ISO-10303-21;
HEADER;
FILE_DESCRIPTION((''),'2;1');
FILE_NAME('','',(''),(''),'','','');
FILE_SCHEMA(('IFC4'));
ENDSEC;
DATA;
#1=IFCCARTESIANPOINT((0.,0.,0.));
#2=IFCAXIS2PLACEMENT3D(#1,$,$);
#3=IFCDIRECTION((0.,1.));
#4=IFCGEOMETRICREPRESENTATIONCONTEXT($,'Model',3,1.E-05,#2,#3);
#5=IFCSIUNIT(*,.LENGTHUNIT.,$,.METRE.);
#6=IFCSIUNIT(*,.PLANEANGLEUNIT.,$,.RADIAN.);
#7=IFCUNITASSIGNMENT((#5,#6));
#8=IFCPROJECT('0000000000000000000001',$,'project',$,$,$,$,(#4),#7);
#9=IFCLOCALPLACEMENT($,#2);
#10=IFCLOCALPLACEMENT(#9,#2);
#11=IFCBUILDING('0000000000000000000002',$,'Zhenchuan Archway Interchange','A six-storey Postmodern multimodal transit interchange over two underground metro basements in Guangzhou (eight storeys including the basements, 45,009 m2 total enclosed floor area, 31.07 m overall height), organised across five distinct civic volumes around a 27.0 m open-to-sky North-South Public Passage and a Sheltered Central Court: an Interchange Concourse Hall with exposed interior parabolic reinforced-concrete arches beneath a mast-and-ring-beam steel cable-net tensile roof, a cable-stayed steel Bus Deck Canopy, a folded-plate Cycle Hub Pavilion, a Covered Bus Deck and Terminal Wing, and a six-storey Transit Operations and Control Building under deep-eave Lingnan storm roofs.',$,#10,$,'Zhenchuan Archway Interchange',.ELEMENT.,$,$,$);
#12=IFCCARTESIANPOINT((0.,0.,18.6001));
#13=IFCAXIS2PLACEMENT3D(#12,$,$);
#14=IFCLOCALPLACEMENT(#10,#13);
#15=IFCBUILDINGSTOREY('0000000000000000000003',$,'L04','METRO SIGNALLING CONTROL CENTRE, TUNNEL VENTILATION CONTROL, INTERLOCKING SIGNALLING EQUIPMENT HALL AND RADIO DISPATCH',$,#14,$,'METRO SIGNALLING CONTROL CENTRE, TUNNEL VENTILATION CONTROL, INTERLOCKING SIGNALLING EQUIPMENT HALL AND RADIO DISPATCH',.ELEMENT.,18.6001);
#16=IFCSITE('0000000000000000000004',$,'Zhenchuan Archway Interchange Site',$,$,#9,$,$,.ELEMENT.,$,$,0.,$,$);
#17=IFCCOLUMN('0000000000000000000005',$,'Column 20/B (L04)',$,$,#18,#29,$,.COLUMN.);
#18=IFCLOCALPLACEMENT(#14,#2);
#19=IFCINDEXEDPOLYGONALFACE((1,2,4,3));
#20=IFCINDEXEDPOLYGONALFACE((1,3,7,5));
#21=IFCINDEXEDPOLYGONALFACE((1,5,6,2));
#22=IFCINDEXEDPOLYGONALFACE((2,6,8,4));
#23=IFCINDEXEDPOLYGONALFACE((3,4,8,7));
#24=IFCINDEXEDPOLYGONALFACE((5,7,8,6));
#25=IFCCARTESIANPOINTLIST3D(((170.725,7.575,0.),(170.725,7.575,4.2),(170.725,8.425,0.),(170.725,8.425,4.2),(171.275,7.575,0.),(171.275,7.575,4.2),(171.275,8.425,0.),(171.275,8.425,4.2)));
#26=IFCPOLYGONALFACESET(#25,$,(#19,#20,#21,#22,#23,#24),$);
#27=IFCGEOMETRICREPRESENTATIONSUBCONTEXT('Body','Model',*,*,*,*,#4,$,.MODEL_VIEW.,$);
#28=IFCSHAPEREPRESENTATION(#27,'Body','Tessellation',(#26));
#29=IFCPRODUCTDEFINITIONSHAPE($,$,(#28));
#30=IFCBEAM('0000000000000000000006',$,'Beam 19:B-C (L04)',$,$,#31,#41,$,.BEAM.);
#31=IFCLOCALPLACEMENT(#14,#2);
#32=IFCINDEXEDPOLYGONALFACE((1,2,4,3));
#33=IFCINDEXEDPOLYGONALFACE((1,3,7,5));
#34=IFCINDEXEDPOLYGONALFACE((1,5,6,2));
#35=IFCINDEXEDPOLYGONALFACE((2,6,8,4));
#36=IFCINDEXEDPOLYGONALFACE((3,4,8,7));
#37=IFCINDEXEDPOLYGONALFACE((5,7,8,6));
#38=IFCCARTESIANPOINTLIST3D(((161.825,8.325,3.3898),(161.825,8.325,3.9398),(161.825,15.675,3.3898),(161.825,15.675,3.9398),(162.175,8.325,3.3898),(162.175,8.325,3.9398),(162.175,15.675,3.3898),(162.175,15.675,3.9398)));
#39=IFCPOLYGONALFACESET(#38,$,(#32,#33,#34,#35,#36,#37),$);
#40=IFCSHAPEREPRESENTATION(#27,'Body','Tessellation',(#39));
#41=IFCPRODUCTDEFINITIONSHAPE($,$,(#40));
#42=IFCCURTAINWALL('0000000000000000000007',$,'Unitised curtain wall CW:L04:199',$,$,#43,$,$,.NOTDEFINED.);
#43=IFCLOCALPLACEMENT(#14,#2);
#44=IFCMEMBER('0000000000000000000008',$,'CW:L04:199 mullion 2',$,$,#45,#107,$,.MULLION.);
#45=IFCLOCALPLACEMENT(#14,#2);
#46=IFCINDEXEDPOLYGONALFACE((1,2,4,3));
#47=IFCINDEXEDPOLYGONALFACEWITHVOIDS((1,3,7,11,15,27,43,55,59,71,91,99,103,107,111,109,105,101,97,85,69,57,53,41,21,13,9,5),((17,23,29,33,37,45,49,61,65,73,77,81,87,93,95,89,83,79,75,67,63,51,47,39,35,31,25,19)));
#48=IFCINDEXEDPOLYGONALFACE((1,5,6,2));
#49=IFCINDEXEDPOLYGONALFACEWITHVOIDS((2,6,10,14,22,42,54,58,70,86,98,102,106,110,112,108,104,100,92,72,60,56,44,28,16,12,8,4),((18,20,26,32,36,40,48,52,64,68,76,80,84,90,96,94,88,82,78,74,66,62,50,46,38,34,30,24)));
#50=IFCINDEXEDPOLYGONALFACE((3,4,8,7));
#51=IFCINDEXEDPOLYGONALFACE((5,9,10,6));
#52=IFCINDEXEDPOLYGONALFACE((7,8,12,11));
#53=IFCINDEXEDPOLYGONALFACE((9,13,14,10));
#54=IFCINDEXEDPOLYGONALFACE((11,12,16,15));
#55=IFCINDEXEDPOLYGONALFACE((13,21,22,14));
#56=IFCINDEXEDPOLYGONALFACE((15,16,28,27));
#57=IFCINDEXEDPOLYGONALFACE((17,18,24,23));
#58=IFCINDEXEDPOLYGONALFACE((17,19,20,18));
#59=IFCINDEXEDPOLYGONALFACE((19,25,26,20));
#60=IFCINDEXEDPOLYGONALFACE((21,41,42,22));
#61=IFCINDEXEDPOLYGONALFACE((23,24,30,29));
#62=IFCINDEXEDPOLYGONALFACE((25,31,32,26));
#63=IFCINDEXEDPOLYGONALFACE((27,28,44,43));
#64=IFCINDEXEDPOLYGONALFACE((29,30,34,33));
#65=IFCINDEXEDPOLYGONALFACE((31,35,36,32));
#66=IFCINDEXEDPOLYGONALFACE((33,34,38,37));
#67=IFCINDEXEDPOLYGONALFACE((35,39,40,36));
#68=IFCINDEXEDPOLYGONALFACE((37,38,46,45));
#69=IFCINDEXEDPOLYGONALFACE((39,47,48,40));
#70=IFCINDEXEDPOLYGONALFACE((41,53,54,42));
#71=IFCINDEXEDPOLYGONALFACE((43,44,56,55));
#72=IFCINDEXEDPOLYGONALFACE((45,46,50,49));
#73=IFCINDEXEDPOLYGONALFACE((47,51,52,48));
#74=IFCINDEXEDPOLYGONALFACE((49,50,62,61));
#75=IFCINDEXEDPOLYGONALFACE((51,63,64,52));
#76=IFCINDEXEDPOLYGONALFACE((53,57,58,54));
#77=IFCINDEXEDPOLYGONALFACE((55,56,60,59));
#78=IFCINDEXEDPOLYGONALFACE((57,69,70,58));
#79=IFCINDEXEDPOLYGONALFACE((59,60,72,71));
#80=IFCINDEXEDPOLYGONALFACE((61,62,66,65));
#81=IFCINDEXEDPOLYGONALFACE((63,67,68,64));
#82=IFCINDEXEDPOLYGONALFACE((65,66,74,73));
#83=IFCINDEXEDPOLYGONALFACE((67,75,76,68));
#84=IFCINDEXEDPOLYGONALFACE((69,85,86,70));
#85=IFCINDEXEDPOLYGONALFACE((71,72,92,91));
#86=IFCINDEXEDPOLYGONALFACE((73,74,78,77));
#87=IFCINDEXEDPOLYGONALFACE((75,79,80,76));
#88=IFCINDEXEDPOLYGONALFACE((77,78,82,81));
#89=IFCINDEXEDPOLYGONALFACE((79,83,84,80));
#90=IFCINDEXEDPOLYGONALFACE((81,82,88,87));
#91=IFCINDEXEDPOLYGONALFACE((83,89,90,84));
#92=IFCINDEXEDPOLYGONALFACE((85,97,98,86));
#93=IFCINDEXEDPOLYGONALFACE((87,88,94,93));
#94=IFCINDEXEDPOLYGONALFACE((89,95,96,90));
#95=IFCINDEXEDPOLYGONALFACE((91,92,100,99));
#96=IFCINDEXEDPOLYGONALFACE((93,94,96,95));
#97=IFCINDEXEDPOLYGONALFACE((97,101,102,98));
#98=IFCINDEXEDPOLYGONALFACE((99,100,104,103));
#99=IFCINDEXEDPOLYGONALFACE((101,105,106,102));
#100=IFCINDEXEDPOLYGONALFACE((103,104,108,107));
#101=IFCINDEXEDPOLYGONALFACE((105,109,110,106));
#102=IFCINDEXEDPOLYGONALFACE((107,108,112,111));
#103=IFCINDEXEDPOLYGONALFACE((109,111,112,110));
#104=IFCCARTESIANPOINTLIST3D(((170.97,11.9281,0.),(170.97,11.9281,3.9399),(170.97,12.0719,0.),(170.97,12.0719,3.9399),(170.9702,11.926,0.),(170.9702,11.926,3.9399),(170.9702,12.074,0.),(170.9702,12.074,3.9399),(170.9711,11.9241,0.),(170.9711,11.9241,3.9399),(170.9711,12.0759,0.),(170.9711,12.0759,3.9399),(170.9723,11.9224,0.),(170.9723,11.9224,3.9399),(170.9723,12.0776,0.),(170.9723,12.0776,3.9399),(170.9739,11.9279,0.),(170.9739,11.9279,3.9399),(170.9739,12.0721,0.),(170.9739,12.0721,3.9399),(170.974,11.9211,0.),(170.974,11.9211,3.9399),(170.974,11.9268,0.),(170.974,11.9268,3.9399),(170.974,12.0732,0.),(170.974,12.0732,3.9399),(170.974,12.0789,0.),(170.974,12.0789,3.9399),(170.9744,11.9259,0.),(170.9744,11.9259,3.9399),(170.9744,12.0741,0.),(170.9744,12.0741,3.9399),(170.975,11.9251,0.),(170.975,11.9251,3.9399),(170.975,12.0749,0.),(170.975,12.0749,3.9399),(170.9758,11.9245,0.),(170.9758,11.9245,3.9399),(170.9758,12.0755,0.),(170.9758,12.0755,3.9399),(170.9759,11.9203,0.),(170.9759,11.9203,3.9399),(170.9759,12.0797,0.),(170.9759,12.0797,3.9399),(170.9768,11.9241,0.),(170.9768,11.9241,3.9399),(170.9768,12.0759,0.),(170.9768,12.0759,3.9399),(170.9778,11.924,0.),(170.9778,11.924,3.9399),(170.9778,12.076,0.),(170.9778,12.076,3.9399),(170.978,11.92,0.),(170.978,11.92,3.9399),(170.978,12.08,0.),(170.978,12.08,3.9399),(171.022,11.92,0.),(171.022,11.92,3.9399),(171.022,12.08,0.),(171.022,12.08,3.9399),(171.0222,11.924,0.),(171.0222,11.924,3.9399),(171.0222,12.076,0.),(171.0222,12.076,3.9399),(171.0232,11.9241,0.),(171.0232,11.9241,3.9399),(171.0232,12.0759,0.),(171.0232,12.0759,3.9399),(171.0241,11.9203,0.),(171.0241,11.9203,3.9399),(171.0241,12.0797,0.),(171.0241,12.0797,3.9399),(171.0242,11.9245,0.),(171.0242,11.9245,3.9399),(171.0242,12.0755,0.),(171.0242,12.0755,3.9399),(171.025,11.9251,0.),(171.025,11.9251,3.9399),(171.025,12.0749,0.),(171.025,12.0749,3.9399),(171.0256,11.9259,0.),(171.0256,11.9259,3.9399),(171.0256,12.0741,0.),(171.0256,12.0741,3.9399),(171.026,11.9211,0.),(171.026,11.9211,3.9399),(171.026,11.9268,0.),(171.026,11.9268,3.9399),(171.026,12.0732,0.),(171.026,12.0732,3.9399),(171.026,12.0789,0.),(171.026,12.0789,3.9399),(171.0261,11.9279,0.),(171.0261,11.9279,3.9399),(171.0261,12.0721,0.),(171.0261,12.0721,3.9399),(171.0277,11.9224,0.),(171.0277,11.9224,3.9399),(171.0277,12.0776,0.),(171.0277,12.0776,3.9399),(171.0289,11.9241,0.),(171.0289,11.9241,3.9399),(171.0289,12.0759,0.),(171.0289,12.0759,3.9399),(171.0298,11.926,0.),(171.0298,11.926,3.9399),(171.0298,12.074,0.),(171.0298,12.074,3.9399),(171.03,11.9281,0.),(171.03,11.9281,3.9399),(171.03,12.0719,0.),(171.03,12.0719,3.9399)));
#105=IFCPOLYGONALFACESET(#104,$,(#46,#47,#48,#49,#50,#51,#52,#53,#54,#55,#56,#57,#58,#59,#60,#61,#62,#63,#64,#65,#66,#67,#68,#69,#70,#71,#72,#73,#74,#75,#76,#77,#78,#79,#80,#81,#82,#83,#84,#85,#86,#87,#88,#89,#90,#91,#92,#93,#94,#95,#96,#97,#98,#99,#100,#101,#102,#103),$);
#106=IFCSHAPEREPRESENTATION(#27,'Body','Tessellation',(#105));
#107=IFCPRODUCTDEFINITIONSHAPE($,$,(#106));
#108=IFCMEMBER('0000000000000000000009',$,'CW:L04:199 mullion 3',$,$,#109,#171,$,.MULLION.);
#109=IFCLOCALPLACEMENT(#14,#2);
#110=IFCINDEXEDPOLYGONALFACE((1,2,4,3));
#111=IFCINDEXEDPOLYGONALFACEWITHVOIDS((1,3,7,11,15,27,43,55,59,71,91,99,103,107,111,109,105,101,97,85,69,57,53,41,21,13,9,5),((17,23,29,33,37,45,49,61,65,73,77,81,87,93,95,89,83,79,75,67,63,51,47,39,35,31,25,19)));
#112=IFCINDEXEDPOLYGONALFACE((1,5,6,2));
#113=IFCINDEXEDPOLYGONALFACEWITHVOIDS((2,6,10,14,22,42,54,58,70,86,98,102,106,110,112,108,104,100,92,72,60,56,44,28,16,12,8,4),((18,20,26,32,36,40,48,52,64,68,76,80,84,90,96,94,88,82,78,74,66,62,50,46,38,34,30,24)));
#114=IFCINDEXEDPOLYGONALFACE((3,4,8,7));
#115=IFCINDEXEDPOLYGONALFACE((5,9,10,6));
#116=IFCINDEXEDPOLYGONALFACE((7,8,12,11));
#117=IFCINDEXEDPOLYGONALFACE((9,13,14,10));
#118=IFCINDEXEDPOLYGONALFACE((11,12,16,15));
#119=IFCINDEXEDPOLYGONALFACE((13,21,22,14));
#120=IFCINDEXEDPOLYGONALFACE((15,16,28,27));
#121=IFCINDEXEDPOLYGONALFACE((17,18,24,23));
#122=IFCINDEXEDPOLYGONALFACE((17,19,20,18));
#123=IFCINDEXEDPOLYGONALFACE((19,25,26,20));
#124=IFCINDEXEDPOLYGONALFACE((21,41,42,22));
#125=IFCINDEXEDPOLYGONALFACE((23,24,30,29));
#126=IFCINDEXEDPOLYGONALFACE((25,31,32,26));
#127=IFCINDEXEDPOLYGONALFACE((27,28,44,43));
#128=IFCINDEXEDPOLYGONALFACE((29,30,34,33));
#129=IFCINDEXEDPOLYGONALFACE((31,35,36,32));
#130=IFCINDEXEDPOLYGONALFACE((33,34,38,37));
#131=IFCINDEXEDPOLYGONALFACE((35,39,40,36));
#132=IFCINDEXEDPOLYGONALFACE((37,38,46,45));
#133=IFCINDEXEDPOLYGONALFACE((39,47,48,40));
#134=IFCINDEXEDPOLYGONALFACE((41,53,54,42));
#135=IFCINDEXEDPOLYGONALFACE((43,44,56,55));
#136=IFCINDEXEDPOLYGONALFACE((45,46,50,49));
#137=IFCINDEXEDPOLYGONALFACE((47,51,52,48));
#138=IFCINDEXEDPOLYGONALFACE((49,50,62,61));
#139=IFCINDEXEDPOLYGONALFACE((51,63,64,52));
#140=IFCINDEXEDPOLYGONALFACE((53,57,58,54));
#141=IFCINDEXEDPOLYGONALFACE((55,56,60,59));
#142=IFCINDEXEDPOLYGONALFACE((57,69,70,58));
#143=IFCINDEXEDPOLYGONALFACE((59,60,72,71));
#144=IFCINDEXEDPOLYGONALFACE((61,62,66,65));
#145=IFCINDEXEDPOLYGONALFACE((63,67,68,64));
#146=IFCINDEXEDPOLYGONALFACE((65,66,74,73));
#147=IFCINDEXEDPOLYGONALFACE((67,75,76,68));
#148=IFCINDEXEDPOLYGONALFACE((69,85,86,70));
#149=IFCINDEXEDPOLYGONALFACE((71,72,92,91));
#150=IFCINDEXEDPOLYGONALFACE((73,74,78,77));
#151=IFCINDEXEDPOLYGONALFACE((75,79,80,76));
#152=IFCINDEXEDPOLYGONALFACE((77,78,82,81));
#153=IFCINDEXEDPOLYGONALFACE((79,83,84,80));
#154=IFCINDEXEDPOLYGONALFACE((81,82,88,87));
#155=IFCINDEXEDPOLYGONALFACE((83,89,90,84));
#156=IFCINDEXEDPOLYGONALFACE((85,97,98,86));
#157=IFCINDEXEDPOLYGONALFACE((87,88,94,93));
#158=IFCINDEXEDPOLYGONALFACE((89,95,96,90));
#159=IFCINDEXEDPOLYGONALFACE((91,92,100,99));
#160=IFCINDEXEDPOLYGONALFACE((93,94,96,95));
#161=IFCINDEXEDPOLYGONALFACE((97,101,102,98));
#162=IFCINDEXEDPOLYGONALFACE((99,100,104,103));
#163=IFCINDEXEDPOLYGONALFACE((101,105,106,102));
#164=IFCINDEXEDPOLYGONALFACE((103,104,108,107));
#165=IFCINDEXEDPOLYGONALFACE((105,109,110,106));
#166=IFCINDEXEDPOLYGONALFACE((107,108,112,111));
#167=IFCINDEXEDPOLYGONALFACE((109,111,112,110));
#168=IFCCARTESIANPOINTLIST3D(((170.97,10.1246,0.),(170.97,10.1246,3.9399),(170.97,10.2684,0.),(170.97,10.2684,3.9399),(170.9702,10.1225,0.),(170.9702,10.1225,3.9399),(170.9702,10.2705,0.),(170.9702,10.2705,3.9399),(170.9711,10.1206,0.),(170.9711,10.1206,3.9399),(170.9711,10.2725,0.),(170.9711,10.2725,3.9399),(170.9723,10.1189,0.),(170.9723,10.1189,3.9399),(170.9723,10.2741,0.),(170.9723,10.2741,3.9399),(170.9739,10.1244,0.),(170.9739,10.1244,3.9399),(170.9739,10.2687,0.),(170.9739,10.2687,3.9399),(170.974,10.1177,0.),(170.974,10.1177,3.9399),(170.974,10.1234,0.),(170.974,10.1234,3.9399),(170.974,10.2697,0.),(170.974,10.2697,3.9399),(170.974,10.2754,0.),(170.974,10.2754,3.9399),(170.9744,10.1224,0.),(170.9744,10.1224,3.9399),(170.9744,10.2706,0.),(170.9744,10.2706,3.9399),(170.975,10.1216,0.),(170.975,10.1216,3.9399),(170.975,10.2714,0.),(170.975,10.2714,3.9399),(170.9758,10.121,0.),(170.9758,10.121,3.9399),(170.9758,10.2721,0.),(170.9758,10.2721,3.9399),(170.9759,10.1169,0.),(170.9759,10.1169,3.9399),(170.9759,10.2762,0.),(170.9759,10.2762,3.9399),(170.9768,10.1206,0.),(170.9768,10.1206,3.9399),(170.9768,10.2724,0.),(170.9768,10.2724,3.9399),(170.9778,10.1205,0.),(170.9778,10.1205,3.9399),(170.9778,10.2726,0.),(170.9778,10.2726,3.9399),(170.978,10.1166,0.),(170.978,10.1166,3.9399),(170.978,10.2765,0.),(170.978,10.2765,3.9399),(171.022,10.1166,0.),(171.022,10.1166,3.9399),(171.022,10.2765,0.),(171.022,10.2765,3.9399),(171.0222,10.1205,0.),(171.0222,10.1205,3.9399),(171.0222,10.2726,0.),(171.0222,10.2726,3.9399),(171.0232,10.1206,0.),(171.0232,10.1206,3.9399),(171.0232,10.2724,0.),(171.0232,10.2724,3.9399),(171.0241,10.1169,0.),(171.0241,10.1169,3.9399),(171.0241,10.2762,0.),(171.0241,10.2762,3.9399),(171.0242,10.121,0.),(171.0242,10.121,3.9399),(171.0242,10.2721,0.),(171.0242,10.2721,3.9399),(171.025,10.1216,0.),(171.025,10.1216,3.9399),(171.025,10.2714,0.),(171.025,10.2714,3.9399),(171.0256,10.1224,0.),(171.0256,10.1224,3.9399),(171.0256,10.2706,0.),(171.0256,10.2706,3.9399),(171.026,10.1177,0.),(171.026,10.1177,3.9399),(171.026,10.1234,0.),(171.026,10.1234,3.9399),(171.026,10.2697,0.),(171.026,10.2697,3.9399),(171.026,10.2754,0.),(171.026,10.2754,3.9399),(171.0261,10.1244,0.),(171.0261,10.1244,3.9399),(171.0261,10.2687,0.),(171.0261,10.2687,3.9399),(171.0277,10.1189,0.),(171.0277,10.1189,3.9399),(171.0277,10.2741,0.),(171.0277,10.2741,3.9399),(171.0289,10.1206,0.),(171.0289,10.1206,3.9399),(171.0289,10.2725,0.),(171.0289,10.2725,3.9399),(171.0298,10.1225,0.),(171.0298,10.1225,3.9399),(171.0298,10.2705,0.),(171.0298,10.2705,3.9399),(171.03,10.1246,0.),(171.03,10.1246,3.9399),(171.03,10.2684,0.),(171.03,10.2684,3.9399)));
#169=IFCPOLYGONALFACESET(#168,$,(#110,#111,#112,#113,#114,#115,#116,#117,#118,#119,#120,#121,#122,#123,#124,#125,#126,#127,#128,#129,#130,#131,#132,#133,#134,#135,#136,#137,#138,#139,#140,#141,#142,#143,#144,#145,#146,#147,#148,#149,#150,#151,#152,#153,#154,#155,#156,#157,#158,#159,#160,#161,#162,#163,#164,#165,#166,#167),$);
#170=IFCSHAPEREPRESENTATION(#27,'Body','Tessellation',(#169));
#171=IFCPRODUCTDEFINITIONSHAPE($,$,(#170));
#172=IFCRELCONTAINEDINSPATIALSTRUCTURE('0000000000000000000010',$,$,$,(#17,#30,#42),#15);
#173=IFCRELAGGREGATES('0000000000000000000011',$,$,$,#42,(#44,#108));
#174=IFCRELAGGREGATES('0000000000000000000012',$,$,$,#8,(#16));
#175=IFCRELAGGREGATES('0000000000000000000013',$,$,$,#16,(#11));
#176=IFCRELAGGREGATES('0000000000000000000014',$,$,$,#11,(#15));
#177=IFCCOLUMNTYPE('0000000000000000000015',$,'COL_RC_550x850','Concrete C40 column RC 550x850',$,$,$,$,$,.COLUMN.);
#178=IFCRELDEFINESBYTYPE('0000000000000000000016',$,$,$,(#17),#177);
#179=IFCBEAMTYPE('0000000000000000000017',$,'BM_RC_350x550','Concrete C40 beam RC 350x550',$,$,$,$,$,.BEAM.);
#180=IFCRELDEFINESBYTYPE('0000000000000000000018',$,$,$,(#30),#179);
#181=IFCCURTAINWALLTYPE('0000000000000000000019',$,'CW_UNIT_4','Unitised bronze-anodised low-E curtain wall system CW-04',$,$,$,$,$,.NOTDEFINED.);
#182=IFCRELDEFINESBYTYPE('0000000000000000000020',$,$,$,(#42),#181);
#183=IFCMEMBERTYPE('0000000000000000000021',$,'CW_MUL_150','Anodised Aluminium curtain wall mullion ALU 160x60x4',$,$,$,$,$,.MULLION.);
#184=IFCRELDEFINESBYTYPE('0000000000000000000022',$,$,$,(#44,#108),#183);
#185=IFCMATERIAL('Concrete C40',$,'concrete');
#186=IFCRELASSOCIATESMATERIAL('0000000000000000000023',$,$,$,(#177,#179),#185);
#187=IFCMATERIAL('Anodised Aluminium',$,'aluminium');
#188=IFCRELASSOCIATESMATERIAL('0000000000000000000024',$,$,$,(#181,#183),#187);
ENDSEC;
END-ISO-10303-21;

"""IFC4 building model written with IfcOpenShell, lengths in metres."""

from ifc_helpers import new_model, si_unit, direction, frame, origin, origin_2d, place, context, subcontext, project, spatial, rectangle, hollow_rectangle, extrude, material, material_profile, profile_set, type_object, element, aggregate, save


model = new_model("IFC4")

# Units and contexts
model_context = context("Model", 3, precision=1e-05, world=origin(), true_north=direction((0.0, 1.0)))
body_context = subcontext(model_context, "Body", "Model", "MODEL_VIEW")
ifc_project = project(units=[si_unit("LENGTHUNIT", "METRE"), si_unit("PLANEANGLEUNIT", "RADIAN")], contexts=[model_context])

# Site, building, storey
site_placement = place(None, origin())
site = spatial("IfcSite", under=ifc_project, at=site_placement, Name="Zhenchuan Archway Interchange Site", CompositionType="ELEMENT", RefElevation=0.0)
building_placement = place(site_placement, origin())
building = spatial("IfcBuilding", under=site, at=building_placement, Name="Zhenchuan Archway Interchange", Description="A six-storey Postmodern multimodal transit interchange over two underground metro basements in Guangzhou (eight storeys including the basements, 45,009 m2 total enclosed floor area, 31.07 m overall height), organised across five distinct civic volumes around a 27.0 m open-to-sky North-South Public Passage and a Sheltered Central Court: an Interchange Concourse Hall with exposed interior parabolic reinforced-concrete arches beneath a mast-and-ring-beam steel cable-net tensile roof, a cable-stayed steel Bus Deck Canopy, a folded-plate Cycle Hub Pavilion, a Covered Bus Deck and Terminal Wing, and a six-storey Transit Operations and Control Building under deep-eave Lingnan storm roofs.", LongName="Zhenchuan Archway Interchange", CompositionType="ELEMENT")
storey_placement = place(building_placement, frame((0.0, 0.0, 18.6001)))
storey = spatial("IfcBuildingStorey", under=building, at=storey_placement, Name="L04", Description="METRO SIGNALLING CONTROL CENTRE, TUNNEL VENTILATION CONTROL, INTERLOCKING SIGNALLING EQUIPMENT HALL AND RADIO DISPATCH", LongName="METRO SIGNALLING CONTROL CENTRE, TUNNEL VENTILATION CONTROL, INTERLOCKING SIGNALLING EQUIPMENT HALL AND RADIO DISPATCH", CompositionType="ELEMENT", Elevation=18.6001)

# Column
ifc_material_1 = material(Name="Concrete C40", Category="concrete")
ifc_material_profile_1 = material_profile(ifc_material_1, rectangle(XDim=0.55, YDim=0.8501, at=origin_2d()), Name="RC 550x850")
ifc_profile_set_1 = profile_set([ifc_material_profile_1], Name="Concrete C40")
column_type = type_object("IfcColumnType", Name="COL_RC_550x850", Description="Concrete C40 column RC 550x850", PredefinedType="COLUMN", material=ifc_profile_set_1)
column_placement = place(storey_placement, frame((171.0, 8.0, 0.0), z_axis=(0.0, 0.0, 1.0), x_axis=(1.0, 0.0, 0.0)))
element("IfcColumn", 1, at=column_placement, inside=storey, type_object=column_type, Name="Column 20/B (L04)", PredefinedType="COLUMN", context=body_context, shape_type="SweptSolid", body=[
    extrude(rectangle(XDim=0.55, YDim=0.8501, at=origin_2d()), origin(), (0.0, 0.0, 1.0), 4.2),
])

# Beam
ifc_material_profile_2 = material_profile(ifc_material_1, rectangle(XDim=0.3501, YDim=0.55, at=origin_2d()), Name="RC 350x550")
ifc_profile_set_2 = profile_set([ifc_material_profile_2], Name="Concrete C40")
beam_type_1 = type_object("IfcBeamType", Name="BM_RC_350x550", Description="Concrete C40 beam RC 350x550", PredefinedType="BEAM", material=ifc_profile_set_2)
beam_1_placement = place(storey_placement, frame((162.0, 8.325, 3.6648), z_axis=(0.0, 1.0, 0.0), x_axis=(-1.0, 0.0, 0.0)))
element("IfcBeam", 2, at=beam_1_placement, inside=storey, type_object=beam_type_1, Name="Beam 19:B-C (L04)", PredefinedType="BEAM", context=body_context, shape_type="SweptSolid", body=[
    extrude(rectangle(XDim=0.3501, YDim=0.55, at=origin_2d()), origin(), (0.0, 0.0, 1.0), 7.3501),
])

# Curtain wall, members
ifc_material_2 = material(Name="Anodised Aluminium", Category="aluminium")
curtain_wall_type = type_object("IfcCurtainWallType", Name="CW_UNIT_4", Description="Unitised bronze-anodised low-E curtain wall system CW-04", PredefinedType="NOTDEFINED", material=ifc_material_2)
curtain_wall_placement = place(storey_placement, origin())
curtain_wall = element("IfcCurtainWall", 3, at=curtain_wall_placement, inside=storey, type_object=curtain_wall_type, Name="Unitised curtain wall CW:L04:199", PredefinedType="NOTDEFINED")
ifc_material_profile_3 = material_profile(ifc_material_2, hollow_rectangle(XDim=0.0601, YDim=0.1599, WallThickness=0.0039, InnerFilletRadius=0.0039, OuterFilletRadius=0.0081, at=origin_2d()), Name="ALU 160x60x4")
ifc_profile_set_3 = profile_set([ifc_material_profile_3], Name="Anodised Aluminium")
member_type_1 = type_object("IfcMemberType", Name="CW_MUL_150", Description="Anodised Aluminium curtain wall mullion ALU 160x60x4", PredefinedType="MULLION", material=ifc_profile_set_3)
member_1_placement = place(storey_placement, frame((171.0, 12.0, 0.0), z_axis=(0.0, 0.0, 1.0), x_axis=(1.0, 0.0, 0.0)))
member_1 = element("IfcMember", 4, at=member_1_placement, type_object=member_type_1, Name="CW:L04:199 mullion 2", PredefinedType="MULLION", context=body_context, shape_type="SweptSolid", body=[
    extrude(hollow_rectangle(XDim=0.0601, YDim=0.1599, WallThickness=0.0039, InnerFilletRadius=0.0039, OuterFilletRadius=0.0081, at=origin_2d()), origin(), (0.0, 0.0, 1.0), 3.9399),
])
member_2_placement = place(storey_placement, frame((171.0, 10.1965, 0.0), z_axis=(0.0, 0.0, 1.0), x_axis=(1.0, 0.0, 0.0)))
member_2 = element("IfcMember", 5, at=member_2_placement, type_object=member_type_1, Name="CW:L04:199 mullion 3", PredefinedType="MULLION", context=body_context, shape_type="SweptSolid", body=[
    extrude(hollow_rectangle(XDim=0.0601, YDim=0.1599, WallThickness=0.0039, InnerFilletRadius=0.0039, OuterFilletRadius=0.0081, at=origin_2d()), origin(), (0.0, 0.0, 1.0), 3.9399),
])

aggregate(curtain_wall, [member_1, member_2])

save(model, "model.ifc")
